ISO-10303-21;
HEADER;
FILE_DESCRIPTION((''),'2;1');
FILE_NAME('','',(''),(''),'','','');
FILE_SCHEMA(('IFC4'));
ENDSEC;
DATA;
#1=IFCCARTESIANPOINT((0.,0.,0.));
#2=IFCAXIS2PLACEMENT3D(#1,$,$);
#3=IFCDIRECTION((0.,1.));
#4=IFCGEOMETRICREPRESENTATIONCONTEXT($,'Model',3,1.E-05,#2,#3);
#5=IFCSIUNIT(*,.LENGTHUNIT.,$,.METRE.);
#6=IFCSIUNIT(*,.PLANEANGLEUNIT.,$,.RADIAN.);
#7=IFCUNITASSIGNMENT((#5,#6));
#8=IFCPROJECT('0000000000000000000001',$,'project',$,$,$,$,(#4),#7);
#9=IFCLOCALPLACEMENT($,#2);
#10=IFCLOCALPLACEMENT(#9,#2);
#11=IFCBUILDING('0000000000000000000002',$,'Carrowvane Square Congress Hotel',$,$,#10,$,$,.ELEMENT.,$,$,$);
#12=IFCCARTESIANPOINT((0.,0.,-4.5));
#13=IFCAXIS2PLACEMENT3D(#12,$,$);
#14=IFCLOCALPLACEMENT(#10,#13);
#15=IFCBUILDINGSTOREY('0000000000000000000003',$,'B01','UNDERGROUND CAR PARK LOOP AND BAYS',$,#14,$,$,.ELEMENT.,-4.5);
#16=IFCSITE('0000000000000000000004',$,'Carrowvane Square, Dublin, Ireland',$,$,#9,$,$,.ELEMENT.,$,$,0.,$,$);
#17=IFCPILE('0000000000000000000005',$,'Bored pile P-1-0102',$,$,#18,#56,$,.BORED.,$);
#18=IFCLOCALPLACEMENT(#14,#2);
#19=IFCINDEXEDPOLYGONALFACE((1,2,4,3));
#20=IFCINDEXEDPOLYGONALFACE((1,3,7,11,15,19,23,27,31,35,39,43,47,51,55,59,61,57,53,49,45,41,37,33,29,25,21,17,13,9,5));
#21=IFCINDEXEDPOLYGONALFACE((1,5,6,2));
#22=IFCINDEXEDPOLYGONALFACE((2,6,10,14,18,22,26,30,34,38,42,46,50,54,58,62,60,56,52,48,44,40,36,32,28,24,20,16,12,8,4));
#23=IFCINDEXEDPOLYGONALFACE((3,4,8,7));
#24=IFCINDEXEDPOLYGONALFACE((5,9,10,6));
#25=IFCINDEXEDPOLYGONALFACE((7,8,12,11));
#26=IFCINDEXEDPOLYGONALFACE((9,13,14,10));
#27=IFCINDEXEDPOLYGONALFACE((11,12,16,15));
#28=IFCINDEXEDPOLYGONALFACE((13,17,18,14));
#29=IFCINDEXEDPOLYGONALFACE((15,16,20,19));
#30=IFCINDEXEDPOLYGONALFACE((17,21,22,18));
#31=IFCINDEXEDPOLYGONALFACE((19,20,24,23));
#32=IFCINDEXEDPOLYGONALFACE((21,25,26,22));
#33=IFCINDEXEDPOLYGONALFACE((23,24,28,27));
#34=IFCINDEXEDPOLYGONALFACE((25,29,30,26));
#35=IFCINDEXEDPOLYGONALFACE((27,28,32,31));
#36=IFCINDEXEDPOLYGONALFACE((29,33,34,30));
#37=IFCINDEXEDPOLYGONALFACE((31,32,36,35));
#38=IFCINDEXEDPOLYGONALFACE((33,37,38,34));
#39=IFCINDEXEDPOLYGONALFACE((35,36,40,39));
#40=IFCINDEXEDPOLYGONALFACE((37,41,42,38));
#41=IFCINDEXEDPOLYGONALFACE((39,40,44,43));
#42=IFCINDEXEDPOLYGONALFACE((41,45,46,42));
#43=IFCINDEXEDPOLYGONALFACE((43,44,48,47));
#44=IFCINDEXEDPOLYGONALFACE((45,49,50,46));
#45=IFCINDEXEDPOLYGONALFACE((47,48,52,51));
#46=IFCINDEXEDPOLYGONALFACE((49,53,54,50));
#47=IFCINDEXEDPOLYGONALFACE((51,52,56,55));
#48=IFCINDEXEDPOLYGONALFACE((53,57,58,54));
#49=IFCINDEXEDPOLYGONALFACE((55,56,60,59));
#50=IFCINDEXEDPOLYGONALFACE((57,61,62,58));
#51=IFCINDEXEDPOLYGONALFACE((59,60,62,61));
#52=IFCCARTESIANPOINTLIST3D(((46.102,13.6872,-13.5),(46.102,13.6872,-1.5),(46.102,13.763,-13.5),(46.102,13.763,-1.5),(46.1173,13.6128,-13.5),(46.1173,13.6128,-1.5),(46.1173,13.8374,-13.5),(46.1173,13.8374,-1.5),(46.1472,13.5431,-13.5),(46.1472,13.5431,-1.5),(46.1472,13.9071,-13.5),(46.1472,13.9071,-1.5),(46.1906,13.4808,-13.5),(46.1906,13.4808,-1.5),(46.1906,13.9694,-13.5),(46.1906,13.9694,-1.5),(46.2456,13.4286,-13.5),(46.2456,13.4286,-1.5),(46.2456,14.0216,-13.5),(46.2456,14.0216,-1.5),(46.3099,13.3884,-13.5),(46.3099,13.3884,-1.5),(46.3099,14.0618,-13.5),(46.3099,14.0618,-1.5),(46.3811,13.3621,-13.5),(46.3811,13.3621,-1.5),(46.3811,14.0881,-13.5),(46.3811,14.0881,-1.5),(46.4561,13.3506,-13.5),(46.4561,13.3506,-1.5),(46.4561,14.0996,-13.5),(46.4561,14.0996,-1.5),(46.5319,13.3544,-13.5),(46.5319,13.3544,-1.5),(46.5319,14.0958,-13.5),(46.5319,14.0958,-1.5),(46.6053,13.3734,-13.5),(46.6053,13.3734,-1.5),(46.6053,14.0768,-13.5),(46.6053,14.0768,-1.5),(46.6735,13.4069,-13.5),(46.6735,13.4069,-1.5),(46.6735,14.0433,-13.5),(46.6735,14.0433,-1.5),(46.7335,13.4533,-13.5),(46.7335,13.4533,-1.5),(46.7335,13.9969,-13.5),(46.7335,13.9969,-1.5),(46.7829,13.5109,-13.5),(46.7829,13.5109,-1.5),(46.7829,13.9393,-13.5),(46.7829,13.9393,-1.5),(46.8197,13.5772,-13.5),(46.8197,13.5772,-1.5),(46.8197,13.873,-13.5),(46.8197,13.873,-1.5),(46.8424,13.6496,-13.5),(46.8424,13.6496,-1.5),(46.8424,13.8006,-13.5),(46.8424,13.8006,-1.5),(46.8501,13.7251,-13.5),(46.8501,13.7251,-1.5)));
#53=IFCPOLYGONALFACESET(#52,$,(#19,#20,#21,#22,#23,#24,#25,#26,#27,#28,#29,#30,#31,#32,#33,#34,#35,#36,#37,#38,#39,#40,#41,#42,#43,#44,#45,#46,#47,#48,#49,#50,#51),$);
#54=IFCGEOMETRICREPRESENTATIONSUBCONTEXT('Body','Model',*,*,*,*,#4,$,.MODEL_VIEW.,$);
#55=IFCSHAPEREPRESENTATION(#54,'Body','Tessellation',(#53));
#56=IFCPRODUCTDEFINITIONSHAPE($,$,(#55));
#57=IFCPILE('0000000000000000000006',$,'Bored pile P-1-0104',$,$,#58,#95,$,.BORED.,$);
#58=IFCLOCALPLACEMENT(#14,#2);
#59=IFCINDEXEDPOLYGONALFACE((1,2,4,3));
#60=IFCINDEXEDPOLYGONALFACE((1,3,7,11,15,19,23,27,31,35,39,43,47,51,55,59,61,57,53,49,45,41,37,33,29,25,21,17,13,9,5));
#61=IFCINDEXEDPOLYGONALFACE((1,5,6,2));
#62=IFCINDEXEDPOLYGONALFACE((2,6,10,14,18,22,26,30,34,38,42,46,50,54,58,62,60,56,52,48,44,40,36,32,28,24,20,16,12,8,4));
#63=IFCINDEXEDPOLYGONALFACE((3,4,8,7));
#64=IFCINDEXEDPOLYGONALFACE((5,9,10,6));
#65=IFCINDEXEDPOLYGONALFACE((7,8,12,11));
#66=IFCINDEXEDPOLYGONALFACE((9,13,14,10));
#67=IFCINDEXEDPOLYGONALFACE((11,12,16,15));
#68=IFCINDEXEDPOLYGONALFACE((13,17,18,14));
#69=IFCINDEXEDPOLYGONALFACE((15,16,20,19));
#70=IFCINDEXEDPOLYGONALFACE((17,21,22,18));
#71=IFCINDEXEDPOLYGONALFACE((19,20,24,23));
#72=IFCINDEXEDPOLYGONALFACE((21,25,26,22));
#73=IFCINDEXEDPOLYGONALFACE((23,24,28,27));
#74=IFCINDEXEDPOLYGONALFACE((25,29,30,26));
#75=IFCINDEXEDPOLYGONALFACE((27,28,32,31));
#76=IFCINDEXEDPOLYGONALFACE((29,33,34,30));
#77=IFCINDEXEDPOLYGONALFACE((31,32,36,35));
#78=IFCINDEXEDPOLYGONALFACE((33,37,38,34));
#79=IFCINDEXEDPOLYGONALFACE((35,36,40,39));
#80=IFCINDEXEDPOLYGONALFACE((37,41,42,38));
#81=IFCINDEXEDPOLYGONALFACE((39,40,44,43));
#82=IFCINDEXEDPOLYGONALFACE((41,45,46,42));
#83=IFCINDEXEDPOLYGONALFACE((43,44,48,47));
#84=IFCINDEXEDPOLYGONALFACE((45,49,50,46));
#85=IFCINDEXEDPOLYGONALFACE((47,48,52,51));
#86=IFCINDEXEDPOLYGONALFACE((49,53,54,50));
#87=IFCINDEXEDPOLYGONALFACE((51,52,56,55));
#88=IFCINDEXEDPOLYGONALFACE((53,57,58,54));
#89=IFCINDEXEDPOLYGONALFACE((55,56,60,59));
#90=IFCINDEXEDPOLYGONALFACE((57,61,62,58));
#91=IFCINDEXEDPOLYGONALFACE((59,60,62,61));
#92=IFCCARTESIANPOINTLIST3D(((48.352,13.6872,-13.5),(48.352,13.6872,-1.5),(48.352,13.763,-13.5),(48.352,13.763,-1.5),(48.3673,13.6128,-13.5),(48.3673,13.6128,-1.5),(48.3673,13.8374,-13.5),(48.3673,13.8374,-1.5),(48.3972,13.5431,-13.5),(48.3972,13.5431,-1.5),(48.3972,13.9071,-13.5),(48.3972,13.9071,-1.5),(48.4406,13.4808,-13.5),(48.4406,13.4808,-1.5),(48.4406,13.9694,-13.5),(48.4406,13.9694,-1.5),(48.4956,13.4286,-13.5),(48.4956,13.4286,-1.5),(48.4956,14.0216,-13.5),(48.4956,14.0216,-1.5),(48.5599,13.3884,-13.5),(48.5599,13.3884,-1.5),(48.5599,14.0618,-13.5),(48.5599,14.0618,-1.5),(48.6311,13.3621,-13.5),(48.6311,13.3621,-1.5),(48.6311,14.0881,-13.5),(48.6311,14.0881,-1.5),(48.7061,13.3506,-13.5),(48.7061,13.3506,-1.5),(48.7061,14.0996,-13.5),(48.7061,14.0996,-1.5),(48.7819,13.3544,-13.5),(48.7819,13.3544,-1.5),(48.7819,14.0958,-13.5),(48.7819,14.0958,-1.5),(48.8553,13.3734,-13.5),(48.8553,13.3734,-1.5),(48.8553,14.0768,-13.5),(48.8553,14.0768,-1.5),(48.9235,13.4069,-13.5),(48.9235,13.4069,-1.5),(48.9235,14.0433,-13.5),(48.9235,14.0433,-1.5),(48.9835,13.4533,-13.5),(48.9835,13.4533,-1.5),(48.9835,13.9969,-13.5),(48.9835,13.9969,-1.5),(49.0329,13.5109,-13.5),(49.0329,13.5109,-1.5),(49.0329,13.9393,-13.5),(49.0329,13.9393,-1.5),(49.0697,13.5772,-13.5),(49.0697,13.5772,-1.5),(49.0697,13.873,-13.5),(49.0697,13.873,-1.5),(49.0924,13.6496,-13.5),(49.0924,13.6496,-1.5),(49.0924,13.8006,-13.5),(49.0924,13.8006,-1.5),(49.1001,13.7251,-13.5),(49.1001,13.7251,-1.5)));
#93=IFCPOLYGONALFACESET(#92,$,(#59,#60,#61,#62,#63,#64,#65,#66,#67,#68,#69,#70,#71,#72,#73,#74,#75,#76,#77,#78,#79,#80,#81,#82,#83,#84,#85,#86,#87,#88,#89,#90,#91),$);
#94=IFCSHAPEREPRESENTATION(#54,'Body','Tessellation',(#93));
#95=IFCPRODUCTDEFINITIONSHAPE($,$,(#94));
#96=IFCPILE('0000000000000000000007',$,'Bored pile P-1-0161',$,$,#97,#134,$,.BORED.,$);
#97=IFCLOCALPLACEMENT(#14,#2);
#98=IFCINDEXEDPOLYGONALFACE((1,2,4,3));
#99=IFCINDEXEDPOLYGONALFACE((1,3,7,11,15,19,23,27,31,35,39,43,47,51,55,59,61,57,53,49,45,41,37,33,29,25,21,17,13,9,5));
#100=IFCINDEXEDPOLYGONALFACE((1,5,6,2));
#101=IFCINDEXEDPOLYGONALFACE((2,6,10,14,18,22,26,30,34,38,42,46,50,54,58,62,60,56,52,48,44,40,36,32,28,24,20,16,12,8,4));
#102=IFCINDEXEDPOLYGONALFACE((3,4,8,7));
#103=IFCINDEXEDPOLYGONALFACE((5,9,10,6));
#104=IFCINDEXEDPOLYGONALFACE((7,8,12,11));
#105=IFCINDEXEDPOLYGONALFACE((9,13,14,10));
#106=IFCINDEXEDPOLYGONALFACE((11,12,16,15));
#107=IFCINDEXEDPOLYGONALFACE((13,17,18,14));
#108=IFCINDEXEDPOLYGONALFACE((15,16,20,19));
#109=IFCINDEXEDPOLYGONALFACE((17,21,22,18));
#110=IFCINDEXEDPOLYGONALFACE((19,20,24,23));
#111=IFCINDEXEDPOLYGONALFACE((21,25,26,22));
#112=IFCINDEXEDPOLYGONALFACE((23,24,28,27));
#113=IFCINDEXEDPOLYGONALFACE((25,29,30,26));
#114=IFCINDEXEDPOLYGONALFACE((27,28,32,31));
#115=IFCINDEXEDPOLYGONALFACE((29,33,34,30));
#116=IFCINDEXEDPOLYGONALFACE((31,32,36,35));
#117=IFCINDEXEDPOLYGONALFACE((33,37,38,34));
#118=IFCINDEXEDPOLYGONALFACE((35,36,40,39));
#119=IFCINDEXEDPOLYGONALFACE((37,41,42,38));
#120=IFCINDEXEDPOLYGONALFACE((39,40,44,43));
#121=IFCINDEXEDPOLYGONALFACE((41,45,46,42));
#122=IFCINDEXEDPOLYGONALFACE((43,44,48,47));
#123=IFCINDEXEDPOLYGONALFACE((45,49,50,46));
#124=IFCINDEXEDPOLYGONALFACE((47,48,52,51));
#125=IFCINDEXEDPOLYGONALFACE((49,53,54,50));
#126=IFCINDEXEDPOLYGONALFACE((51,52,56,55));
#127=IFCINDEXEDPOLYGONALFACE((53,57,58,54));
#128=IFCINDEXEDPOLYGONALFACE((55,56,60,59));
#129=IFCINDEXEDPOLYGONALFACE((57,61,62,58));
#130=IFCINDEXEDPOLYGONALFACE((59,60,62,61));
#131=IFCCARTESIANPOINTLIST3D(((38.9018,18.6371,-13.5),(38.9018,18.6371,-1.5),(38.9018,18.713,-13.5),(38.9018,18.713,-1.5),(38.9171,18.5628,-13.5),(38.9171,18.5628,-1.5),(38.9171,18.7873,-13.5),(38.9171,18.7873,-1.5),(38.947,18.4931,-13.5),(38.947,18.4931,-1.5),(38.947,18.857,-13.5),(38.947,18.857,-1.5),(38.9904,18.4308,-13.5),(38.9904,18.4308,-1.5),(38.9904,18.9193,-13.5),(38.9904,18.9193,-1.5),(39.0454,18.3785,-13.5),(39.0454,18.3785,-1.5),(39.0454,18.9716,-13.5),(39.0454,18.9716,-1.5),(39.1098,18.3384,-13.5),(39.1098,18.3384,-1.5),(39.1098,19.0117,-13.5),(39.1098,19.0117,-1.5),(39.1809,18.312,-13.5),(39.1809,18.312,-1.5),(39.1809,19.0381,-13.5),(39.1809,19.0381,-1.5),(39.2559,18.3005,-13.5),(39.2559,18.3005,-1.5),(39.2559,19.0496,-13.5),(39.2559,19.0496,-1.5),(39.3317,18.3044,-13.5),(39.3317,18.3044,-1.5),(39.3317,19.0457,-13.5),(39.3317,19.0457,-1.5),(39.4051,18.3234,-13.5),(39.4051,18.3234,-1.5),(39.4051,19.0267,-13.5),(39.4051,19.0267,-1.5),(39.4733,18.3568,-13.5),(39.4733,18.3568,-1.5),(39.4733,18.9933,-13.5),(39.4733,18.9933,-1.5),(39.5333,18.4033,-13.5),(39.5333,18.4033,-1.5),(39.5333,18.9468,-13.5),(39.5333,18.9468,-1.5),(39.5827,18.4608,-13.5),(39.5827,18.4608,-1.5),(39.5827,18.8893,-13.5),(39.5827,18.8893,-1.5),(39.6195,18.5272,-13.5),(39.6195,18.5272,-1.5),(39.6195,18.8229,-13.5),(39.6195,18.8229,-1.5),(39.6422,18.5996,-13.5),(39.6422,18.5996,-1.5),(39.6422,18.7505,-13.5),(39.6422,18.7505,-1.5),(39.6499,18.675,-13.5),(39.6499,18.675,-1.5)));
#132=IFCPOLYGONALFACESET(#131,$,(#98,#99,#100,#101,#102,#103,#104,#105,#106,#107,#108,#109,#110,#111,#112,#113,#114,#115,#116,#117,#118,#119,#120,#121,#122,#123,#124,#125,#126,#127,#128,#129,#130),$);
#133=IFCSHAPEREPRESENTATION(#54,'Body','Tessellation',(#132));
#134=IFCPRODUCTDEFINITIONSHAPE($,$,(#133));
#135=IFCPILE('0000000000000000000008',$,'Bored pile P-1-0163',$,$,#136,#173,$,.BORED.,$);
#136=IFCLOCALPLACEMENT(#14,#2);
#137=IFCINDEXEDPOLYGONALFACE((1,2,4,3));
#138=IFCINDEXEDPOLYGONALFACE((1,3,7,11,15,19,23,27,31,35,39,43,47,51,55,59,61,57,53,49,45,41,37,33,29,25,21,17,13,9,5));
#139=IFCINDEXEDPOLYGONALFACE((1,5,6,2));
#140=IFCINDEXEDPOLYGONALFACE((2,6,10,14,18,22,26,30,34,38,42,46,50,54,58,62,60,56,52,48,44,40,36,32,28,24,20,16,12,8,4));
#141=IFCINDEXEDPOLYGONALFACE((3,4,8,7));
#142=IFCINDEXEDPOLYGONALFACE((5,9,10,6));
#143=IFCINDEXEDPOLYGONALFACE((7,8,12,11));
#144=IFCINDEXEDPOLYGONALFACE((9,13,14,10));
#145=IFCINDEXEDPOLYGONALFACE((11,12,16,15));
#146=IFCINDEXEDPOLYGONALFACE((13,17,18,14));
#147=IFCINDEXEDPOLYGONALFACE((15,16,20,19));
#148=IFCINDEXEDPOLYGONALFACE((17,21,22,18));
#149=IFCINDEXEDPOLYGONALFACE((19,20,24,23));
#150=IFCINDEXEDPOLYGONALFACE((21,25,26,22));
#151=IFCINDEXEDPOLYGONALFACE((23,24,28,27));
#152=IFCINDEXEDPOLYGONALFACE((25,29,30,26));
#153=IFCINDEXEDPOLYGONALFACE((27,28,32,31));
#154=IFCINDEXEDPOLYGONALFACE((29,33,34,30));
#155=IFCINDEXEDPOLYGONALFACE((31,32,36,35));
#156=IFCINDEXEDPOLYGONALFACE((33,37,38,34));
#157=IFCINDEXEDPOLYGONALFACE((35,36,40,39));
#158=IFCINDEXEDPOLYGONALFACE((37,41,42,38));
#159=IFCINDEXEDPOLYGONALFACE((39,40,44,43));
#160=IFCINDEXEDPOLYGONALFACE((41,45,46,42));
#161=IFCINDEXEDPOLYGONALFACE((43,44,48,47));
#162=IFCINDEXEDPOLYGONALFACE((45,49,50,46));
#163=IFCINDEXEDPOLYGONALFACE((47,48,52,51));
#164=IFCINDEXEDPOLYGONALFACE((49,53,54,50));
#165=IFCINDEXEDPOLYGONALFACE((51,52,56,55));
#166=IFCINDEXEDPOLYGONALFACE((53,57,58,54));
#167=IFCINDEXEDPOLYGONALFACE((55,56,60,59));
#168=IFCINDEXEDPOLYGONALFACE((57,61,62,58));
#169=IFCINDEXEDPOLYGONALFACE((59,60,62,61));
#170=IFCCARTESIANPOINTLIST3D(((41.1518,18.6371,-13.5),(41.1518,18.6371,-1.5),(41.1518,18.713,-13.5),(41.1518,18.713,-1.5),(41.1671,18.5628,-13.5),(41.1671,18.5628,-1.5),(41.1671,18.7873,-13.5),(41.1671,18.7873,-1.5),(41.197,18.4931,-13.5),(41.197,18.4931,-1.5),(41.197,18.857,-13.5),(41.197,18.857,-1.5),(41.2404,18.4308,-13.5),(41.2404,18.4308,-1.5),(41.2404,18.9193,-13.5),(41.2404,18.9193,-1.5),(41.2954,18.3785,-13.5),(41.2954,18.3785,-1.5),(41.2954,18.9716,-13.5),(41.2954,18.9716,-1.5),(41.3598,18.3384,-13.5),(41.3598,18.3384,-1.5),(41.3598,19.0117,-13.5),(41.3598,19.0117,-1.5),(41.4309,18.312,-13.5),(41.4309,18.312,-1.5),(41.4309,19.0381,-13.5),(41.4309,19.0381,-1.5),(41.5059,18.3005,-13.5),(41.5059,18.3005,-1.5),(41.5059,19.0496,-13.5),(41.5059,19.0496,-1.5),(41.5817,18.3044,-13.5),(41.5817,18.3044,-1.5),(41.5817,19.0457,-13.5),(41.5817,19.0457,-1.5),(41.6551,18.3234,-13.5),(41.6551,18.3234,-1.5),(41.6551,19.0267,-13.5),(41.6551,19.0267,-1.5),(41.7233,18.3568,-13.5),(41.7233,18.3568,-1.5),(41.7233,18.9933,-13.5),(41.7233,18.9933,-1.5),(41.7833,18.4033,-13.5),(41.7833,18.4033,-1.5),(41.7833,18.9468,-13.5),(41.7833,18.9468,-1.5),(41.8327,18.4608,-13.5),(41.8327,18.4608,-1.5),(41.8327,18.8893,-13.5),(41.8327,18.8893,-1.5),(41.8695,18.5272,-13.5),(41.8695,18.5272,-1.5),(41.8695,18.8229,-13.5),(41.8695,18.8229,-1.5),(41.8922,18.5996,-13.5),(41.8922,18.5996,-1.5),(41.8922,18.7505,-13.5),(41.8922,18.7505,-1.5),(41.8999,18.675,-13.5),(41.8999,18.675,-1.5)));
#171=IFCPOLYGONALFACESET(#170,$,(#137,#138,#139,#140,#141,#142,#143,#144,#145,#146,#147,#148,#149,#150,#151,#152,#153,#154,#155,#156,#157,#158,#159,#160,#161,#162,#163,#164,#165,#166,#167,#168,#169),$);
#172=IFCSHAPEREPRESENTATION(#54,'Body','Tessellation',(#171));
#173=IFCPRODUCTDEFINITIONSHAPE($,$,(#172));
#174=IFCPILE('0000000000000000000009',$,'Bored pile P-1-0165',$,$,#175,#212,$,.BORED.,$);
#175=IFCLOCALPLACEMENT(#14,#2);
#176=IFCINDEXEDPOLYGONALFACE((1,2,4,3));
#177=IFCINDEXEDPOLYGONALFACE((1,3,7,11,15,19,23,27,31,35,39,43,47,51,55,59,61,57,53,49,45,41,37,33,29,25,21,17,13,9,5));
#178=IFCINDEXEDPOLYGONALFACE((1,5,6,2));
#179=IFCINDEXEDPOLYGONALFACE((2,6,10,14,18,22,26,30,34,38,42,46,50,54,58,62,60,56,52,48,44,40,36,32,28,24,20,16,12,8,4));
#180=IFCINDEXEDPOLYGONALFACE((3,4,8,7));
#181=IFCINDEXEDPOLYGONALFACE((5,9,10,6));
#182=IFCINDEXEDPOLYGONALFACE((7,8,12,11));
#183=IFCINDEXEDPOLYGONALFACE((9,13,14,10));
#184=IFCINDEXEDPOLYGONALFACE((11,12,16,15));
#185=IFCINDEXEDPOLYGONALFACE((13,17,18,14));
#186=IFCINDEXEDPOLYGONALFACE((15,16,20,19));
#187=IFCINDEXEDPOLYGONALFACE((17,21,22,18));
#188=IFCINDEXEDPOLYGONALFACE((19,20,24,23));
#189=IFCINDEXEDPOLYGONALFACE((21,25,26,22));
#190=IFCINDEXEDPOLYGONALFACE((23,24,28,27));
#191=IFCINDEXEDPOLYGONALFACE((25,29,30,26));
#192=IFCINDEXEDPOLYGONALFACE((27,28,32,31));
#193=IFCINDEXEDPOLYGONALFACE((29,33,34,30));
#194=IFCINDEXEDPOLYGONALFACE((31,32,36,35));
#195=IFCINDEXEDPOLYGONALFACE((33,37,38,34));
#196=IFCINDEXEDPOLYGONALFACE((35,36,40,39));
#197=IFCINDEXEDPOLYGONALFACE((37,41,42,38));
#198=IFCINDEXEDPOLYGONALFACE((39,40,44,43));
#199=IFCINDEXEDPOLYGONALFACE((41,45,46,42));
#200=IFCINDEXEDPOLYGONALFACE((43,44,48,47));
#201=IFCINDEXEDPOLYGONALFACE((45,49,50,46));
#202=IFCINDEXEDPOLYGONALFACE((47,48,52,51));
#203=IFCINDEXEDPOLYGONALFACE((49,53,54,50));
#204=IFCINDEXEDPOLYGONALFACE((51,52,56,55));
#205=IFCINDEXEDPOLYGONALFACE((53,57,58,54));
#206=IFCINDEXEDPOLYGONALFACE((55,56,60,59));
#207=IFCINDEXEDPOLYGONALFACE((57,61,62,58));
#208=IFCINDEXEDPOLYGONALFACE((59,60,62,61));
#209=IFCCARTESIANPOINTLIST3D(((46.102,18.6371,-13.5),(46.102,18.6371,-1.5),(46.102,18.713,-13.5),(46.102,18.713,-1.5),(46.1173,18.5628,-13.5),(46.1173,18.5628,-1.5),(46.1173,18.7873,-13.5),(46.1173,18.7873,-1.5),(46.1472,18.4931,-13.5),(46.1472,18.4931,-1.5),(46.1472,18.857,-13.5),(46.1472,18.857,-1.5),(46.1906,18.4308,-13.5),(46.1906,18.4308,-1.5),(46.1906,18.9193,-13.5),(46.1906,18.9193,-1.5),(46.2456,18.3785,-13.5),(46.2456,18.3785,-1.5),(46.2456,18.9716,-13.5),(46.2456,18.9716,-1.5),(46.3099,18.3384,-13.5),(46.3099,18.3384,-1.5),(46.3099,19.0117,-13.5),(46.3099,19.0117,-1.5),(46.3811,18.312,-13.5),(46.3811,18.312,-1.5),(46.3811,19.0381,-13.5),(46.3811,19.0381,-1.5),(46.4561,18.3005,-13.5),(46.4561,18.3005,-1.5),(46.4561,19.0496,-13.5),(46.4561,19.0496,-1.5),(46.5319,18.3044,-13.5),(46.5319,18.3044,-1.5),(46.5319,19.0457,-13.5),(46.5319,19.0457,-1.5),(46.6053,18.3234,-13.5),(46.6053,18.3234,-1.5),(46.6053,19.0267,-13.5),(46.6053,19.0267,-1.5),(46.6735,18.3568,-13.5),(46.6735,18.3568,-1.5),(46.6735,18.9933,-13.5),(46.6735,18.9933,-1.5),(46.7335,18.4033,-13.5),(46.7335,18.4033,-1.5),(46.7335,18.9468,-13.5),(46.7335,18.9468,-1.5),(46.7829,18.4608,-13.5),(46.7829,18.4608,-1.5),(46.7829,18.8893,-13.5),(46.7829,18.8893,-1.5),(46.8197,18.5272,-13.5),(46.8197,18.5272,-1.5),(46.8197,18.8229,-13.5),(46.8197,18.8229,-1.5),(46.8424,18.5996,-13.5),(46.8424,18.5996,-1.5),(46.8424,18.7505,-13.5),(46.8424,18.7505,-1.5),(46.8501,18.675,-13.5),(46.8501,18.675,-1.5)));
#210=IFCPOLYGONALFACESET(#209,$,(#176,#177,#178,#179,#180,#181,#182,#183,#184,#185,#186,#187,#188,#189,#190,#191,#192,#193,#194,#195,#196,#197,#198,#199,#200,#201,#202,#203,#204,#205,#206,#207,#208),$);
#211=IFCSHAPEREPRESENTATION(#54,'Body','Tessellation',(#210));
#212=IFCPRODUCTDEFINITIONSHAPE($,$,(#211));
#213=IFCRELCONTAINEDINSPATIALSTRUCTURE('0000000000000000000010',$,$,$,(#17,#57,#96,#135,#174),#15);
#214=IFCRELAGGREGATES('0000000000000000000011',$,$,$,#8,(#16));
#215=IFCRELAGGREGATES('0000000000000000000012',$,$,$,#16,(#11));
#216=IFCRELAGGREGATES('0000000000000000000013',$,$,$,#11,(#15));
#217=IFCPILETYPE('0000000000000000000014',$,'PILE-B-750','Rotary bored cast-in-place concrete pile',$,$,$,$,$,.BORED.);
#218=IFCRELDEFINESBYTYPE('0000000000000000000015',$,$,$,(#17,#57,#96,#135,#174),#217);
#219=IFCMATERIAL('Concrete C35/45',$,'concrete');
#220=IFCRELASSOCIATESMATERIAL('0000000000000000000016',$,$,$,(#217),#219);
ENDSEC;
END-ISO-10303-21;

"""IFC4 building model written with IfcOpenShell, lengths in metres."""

from ifc_helpers import new_model, si_unit, direction, frame, origin, origin_2d, place, context, subcontext, project, spatial, circle, extrude, material, material_profile, profile_set, type_object, element, save


model = new_model("IFC4")

# Units and contexts
model_context = context("Model", 3, precision=1e-05, world=origin(), true_north=direction((0.0, 1.0)))
body_context = subcontext(model_context, "Body", "Model", "MODEL_VIEW")
ifc_project = project(units=[si_unit("LENGTHUNIT", "METRE"), si_unit("PLANEANGLEUNIT", "RADIAN")], contexts=[model_context])

# Site, building, storey
site_placement = place(None, origin())
site = spatial("IfcSite", under=ifc_project, at=site_placement, Name="Carrowvane Square, Dublin, Ireland", CompositionType="ELEMENT", RefElevation=0.0)
building_placement = place(site_placement, origin())
building = spatial("IfcBuilding", under=site, at=building_placement, Name="Carrowvane Square Congress Hotel", CompositionType="ELEMENT")
storey_placement = place(building_placement, frame((0.0, 0.0, -4.5)))
storey = spatial("IfcBuildingStorey", under=building, at=storey_placement, Name="B01", Description="UNDERGROUND CAR PARK LOOP AND BAYS", CompositionType="ELEMENT", Elevation=-4.5)

# Piles
ifc_material_1 = material(Name="Concrete C35/45", Category="concrete")
ifc_material_profile_1 = material_profile(ifc_material_1, circle(Radius=0.375, at=origin_2d()), Name="PILE D750")
ifc_profile_set_1 = profile_set([ifc_material_profile_1], Name="Concrete C35/45")
pile_type = type_object("IfcPileType", Name="PILE-B-750", Description="Rotary bored cast-in-place concrete pile", PredefinedType="BORED", material=ifc_profile_set_1)
for number, where, z_axis, x_axis, name in (
    (1, (46.4751, 13.7251, -1.5), (0.0, 0.0, -1.0), (1.0, 0.0, 0.0), "Bored pile P-1-0102"),
    (2, (48.7251, 13.7251, -1.5), (0.0, 0.0, -1.0), (1.0, 0.0, 0.0), "Bored pile P-1-0104"),
    (3, (39.2749, 18.675, -1.5), (0.0, 0.0, -1.0), (1.0, 0.0, 0.0), "Bored pile P-1-0161"),
    (4, (41.5249, 18.675, -1.5), (0.0, 0.0, -1.0), (1.0, 0.0, 0.0), "Bored pile P-1-0163"),
    (5, (46.4751, 18.675, -1.5), (0.0, 0.0, -1.0), (1.0, 0.0, 0.0), "Bored pile P-1-0165"),
):
    element("IfcPile", number, at=place(storey_placement, frame(where, z_axis=z_axis, x_axis=x_axis)), inside=storey, type_object=pile_type, Name=name, PredefinedType="BORED", context=body_context, shape_type="SweptSolid", body=[
        extrude(circle(Radius=0.375, at=origin_2d()), origin(), (0.0, 0.0, 1.0), 12.0),
    ])

save(model, "model.ifc")
